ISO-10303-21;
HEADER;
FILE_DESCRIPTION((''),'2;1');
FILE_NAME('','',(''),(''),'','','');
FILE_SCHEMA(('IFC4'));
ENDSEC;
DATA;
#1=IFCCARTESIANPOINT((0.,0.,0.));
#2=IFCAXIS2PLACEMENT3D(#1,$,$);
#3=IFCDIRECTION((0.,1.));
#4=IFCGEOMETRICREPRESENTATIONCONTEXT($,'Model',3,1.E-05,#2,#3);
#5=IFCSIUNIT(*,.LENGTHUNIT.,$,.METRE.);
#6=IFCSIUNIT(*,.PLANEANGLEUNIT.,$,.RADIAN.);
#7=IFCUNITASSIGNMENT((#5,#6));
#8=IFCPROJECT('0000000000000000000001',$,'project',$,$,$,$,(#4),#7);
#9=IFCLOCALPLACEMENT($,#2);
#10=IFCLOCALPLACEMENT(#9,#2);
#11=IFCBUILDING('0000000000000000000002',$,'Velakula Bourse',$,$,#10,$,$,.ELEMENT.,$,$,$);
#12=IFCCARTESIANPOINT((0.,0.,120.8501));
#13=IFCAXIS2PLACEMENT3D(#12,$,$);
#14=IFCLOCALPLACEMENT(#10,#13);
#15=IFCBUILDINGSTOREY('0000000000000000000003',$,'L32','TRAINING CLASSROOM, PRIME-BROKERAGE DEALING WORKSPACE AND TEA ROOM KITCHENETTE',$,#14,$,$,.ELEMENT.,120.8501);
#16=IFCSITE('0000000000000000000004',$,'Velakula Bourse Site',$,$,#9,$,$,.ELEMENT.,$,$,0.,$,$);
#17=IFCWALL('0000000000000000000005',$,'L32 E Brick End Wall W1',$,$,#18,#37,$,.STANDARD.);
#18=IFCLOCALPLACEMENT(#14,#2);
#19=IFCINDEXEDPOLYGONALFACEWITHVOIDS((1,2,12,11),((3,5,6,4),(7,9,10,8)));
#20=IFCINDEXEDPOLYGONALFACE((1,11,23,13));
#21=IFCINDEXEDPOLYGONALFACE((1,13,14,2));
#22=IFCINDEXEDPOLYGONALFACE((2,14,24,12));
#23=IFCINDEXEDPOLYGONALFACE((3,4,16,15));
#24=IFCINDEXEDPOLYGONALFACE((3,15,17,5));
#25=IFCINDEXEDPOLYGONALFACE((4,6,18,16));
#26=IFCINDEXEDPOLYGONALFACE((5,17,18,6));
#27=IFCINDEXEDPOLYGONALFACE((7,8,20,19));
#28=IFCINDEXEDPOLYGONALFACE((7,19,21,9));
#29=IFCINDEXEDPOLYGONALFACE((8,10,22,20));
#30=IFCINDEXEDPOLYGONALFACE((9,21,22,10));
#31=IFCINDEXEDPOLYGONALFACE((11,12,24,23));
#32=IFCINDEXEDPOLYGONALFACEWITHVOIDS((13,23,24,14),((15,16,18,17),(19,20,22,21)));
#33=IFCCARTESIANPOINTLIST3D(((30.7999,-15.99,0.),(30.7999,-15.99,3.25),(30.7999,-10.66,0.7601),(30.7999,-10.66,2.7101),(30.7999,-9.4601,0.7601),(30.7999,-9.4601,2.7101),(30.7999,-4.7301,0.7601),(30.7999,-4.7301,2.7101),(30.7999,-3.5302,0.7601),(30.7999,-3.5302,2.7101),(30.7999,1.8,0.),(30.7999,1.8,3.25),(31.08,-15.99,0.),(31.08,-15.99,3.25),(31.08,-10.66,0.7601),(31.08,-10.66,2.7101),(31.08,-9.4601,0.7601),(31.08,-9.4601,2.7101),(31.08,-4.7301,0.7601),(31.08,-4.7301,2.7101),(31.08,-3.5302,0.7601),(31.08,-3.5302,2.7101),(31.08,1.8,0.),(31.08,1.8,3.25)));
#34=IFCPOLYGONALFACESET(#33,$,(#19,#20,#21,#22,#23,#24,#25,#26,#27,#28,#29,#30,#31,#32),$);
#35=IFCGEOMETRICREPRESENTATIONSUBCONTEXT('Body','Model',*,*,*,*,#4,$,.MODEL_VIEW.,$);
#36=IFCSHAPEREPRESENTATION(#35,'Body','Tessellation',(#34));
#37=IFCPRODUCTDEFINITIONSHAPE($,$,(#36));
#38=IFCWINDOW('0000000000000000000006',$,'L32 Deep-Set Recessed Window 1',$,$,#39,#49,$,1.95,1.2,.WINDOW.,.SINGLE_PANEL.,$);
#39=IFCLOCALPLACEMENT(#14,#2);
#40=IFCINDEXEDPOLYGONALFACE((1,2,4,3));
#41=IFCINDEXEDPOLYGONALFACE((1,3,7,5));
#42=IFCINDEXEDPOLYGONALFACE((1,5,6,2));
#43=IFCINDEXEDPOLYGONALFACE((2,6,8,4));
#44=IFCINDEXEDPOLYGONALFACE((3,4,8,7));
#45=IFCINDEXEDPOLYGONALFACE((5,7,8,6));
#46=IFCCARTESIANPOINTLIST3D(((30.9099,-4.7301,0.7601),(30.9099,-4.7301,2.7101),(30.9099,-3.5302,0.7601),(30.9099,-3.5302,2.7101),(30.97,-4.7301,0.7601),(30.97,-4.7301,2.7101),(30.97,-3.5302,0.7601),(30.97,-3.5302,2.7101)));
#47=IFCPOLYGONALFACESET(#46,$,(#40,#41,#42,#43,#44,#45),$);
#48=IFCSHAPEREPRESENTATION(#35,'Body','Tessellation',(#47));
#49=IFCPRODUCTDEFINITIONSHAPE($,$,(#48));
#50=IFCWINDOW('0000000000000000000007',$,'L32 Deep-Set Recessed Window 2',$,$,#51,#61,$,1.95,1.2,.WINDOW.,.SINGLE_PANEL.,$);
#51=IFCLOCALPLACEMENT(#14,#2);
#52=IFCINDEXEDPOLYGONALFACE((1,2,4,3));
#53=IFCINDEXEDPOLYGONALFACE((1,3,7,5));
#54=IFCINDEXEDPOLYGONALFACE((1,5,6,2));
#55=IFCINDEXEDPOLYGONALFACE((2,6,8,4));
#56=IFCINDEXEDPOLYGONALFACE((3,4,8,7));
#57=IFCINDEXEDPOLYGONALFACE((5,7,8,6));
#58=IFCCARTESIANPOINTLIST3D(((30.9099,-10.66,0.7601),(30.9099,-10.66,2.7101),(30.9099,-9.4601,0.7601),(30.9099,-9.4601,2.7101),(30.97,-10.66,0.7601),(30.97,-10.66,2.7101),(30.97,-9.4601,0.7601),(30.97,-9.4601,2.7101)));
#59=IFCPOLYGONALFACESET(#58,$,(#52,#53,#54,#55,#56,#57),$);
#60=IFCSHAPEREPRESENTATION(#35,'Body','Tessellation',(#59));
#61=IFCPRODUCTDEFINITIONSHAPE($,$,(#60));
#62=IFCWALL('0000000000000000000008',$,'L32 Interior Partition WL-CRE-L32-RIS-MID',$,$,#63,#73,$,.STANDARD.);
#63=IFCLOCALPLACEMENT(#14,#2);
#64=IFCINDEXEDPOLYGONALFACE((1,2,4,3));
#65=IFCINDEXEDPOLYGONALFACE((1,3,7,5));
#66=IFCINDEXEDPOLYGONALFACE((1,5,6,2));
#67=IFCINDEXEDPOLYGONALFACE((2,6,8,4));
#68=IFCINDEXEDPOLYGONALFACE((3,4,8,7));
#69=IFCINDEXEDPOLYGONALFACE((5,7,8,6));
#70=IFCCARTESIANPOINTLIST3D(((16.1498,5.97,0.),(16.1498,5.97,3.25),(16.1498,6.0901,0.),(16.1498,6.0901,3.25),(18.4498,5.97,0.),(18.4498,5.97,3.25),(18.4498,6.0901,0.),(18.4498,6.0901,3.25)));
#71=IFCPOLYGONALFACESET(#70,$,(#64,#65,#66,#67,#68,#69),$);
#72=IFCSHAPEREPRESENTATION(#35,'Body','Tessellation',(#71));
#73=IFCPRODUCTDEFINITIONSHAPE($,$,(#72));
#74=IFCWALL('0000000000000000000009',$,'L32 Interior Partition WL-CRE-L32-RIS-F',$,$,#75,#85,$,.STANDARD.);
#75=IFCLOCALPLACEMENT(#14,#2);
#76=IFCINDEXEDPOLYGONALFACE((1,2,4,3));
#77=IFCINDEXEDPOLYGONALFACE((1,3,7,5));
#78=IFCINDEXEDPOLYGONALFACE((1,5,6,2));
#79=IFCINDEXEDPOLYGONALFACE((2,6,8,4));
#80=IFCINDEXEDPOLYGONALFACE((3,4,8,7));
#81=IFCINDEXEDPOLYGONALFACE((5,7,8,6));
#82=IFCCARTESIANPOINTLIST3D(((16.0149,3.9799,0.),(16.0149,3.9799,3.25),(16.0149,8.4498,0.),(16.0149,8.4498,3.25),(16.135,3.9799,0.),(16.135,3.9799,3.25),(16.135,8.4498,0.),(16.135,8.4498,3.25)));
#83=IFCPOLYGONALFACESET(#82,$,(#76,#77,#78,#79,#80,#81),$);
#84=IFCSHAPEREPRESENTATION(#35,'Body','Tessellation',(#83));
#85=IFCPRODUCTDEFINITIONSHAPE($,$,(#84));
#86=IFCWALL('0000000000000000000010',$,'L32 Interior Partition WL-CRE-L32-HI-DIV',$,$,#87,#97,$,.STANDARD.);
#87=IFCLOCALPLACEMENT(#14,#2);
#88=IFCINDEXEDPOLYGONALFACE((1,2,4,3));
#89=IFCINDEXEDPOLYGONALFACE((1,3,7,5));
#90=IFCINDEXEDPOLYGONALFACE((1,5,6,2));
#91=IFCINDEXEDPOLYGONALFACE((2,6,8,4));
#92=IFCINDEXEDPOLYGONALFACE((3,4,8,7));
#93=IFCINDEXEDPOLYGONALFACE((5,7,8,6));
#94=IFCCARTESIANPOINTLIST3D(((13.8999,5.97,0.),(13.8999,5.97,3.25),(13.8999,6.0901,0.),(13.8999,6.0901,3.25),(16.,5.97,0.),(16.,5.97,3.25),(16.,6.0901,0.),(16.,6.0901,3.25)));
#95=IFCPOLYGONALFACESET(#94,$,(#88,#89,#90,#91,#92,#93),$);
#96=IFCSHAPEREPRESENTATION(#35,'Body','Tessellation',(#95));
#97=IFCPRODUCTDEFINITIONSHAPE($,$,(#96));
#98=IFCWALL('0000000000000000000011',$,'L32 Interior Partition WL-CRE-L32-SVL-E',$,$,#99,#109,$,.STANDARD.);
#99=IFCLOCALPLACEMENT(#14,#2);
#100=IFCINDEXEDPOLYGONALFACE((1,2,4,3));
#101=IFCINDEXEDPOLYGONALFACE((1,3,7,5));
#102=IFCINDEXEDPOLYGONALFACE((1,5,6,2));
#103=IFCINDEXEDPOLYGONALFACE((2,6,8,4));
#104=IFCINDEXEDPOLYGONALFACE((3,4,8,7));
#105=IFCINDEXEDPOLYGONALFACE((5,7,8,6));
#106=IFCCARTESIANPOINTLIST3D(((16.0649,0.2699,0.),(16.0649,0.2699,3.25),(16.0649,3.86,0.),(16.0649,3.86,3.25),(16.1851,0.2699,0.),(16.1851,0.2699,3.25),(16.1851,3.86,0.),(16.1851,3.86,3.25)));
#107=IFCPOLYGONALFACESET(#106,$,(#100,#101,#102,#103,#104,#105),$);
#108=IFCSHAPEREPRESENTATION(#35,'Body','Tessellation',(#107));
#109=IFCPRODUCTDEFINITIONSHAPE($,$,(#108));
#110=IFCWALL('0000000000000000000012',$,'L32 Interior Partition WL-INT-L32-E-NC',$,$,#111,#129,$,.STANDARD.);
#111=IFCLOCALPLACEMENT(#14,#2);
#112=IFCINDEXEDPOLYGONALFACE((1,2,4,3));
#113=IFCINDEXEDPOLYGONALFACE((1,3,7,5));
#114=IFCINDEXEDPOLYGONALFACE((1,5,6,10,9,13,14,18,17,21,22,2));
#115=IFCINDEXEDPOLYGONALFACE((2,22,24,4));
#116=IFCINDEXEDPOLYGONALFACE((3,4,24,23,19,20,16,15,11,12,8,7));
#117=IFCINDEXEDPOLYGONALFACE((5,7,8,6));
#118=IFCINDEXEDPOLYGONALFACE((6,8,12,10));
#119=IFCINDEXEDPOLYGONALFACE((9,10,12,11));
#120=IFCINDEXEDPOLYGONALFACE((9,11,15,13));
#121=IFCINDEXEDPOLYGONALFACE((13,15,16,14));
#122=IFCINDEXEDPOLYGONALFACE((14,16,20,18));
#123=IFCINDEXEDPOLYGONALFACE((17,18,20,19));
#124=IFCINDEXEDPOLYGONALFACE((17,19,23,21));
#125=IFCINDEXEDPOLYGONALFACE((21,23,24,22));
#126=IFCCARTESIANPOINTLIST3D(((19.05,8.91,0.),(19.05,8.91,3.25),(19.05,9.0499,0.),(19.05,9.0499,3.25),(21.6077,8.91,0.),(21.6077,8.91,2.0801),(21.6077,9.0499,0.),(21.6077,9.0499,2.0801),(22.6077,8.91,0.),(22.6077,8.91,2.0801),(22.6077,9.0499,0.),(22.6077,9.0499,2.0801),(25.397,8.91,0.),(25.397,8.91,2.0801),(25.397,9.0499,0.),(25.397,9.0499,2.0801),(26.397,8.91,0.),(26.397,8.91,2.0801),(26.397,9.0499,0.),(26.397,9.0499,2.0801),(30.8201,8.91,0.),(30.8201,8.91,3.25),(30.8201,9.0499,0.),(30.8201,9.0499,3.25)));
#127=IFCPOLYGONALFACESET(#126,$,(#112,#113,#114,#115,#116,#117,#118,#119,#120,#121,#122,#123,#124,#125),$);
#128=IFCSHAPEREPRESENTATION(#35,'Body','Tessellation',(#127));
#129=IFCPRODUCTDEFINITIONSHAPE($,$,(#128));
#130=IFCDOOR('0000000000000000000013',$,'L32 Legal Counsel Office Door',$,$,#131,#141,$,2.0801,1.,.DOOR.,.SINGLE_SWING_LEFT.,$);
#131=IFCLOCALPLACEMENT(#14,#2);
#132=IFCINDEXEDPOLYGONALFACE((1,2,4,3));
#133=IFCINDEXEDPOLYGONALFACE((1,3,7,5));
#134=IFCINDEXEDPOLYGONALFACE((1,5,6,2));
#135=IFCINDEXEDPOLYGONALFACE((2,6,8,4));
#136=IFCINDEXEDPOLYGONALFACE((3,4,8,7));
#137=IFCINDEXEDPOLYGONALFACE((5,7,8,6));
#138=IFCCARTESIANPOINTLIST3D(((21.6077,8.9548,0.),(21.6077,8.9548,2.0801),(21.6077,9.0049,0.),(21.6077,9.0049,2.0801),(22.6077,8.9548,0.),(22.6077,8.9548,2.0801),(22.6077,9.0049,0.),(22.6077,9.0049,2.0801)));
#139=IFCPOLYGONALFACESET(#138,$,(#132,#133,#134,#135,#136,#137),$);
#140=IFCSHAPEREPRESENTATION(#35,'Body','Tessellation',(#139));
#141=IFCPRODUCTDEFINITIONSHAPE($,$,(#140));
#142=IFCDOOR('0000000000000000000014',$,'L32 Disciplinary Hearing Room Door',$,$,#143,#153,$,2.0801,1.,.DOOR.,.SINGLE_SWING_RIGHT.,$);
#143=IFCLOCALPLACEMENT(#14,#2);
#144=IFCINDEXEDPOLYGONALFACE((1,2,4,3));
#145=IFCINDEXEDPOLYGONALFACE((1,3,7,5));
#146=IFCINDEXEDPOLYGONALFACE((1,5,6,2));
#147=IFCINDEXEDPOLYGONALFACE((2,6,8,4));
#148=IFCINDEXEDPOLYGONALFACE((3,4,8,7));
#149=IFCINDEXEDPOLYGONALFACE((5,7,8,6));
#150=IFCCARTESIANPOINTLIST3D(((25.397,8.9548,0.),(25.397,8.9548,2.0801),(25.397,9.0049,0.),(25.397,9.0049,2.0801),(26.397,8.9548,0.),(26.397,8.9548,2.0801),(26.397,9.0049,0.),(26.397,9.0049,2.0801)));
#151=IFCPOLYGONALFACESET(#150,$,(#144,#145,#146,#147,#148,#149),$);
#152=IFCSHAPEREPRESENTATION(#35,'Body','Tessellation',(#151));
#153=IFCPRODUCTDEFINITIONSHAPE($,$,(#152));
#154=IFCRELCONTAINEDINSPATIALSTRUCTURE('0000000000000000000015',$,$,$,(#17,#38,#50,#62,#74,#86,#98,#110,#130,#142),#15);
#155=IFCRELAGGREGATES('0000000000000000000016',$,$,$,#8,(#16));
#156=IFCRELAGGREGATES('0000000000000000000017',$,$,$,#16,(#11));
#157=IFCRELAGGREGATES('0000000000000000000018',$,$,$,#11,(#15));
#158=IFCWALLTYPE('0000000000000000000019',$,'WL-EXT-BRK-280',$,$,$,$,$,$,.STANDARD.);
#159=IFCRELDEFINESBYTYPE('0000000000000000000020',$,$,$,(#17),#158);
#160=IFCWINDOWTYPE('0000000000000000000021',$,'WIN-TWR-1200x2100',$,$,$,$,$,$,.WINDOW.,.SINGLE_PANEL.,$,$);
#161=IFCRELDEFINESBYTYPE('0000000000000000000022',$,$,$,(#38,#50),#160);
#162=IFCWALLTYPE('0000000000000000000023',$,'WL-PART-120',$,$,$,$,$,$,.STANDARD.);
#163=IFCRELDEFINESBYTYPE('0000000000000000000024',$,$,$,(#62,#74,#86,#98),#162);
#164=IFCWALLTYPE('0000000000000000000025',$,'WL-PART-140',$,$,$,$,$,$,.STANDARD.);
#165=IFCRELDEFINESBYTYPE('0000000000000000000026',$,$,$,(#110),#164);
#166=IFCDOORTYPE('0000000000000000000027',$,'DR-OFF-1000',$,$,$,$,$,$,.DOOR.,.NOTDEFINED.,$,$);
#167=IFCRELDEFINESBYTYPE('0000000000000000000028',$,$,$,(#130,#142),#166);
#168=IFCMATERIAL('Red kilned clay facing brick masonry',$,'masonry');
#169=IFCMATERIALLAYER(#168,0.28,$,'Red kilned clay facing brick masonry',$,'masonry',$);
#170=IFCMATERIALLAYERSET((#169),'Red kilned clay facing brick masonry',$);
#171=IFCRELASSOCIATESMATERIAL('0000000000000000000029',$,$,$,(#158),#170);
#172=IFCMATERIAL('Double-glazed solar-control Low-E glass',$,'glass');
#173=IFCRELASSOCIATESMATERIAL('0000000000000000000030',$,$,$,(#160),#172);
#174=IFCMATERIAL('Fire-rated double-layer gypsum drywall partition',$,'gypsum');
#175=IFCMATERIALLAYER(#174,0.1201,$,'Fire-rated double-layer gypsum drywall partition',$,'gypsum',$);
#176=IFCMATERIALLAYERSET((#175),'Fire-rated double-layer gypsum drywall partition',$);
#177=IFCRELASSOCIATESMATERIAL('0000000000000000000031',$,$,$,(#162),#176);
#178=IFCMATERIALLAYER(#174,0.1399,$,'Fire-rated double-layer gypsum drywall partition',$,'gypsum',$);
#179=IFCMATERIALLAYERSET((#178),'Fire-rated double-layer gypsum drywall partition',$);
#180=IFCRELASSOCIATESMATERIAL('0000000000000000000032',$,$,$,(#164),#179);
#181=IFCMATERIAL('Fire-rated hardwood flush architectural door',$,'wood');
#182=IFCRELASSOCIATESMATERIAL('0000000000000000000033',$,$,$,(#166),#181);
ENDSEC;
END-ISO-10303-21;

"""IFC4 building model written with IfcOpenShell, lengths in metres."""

from ifc_helpers import new_model, si_unit, direction, frame, frame_2d, origin, place, context, subcontext, project, spatial, rectangle, extrude, material, layer, layer_set, type_object, element, fill, save


model = new_model("IFC4")

# Units and contexts
model_context = context("Model", 3, precision=1e-05, world=origin(), true_north=direction((0.0, 1.0)))
body_context = subcontext(model_context, "Body", "Model", "MODEL_VIEW")
ifc_project = project(units=[si_unit("LENGTHUNIT", "METRE"), si_unit("PLANEANGLEUNIT", "RADIAN")], contexts=[model_context])

# Site, building, storey
site_placement = place(None, origin())
site = spatial("IfcSite", under=ifc_project, at=site_placement, Name="Velakula Bourse Site", CompositionType="ELEMENT", RefElevation=0.0)
building_placement = place(site_placement, origin())
building = spatial("IfcBuilding", under=site, at=building_placement, Name="Velakula Bourse", CompositionType="ELEMENT")
storey_placement = place(building_placement, frame((0.0, 0.0, 120.8501)))
storey = spatial("IfcBuildingStorey", under=building, at=storey_placement, Name="L32", Description="TRAINING CLASSROOM, PRIME-BROKERAGE DEALING WORKSPACE AND TEA ROOM KITCHENETTE", CompositionType="ELEMENT", Elevation=120.8501)

# Wall, openings, windows
ifc_material_1 = material(Name="Red kilned clay facing brick masonry", Category="masonry")
ifc_layer_1 = layer(ifc_material_1, 0.28, Name="Red kilned clay facing brick masonry", Category="masonry")
ifc_layer_set_1 = layer_set([ifc_layer_1], Name="Red kilned clay facing brick masonry")
wall_type_1 = type_object("IfcWallType", Name="WL-EXT-BRK-280", PredefinedType="STANDARD", material=ifc_layer_set_1)
wall_1_placement = place(storey_placement, frame((30.9399, 1.8, 0.0), z_axis=(0.0, 0.0, 1.0), x_axis=(0.0, -1.0, 0.0)))
wall_1 = element("IfcWall", 1, at=wall_1_placement, inside=storey, type_object=wall_type_1, Name="L32 E Brick End Wall W1", PredefinedType="STANDARD", context=body_context, shape_type="SweptSolid", body=[
    extrude(rectangle(XDim=17.79, YDim=0.28, at=frame_2d((8.895, 0.0))), origin(), (0.0, 0.0, 1.0), 3.25),
])
opening_1_placement = place(wall_1_placement, frame((5.3301, 0.0, 0.76)))
opening_1 = element("IfcOpeningElement", 2, at=opening_1_placement, cuts=wall_1, PredefinedType="OPENING", context=body_context, shape_type="SweptSolid", body=[
    extrude(rectangle(XDim=1.2, YDim=1.95, at=frame_2d((0.6001, 0.9751))), frame((0.0, 0.1499, 0.0), z_axis=(0.0, -1.0, 0.0), x_axis=(1.0, 0.0, 0.0)), (0.0, 0.0, 1.0), 0.3),
])
opening_2_placement = place(wall_1_placement, frame((11.26, 0.0, 0.76)))
opening_2 = element("IfcOpeningElement", 3, at=opening_2_placement, cuts=wall_1, PredefinedType="OPENING", context=body_context, shape_type="SweptSolid", body=[
    extrude(rectangle(XDim=1.2, YDim=1.95, at=frame_2d((0.6001, 0.9751))), frame((0.0, 0.1499, 0.0), z_axis=(0.0, -1.0, 0.0), x_axis=(1.0, 0.0, 0.0)), (0.0, 0.0, 1.0), 0.3),
])
ifc_material_2 = material(Name="Double-glazed solar-control Low-E glass", Category="glass")
window_type = type_object("IfcWindowType", Name="WIN-TWR-1200x2100", PartitioningType="SINGLE_PANEL", PredefinedType="WINDOW", material=ifc_material_2)
window_1_placement = place(opening_1_placement, origin())
window_1 = element("IfcWindow", 4, at=window_1_placement, inside=storey, type_object=window_type, Name="L32 Deep-Set Recessed Window 1", OverallHeight=1.95, OverallWidth=1.2, PartitioningType="SINGLE_PANEL", PredefinedType="WINDOW", context=body_context, shape_type="SweptSolid", body=[
    extrude(rectangle(XDim=1.2, YDim=1.95, at=frame_2d((0.6001, 0.9751))), frame((0.0, 0.03, 0.0), z_axis=(0.0, -1.0, 0.0), x_axis=(1.0, 0.0, 0.0)), (0.0, 0.0, 1.0), 0.0601),
])
fill(opening_1, window_1)
window_2_placement = place(opening_2_placement, origin())
window_2 = element("IfcWindow", 5, at=window_2_placement, inside=storey, type_object=window_type, Name="L32 Deep-Set Recessed Window 2", OverallHeight=1.95, OverallWidth=1.2, PartitioningType="SINGLE_PANEL", PredefinedType="WINDOW", context=body_context, shape_type="SweptSolid", body=[
    extrude(rectangle(XDim=1.2, YDim=1.95, at=frame_2d((0.6001, 0.9751))), frame((0.0, 0.03, 0.0), z_axis=(0.0, -1.0, 0.0), x_axis=(1.0, 0.0, 0.0)), (0.0, 0.0, 1.0), 0.0601),
])
fill(opening_2, window_2)

# Walls
ifc_material_3 = material(Name="Fire-rated double-layer gypsum drywall partition", Category="gypsum")
ifc_layer_2 = layer(ifc_material_3, 0.1201, Name="Fire-rated double-layer gypsum drywall partition", Category="gypsum")
ifc_layer_set_2 = layer_set([ifc_layer_2], Name="Fire-rated double-layer gypsum drywall partition")
wall_type_2 = type_object("IfcWallType", Name="WL-PART-120", PredefinedType="STANDARD", material=ifc_layer_set_2)
wall_2_placement = place(storey_placement, frame((16.1499, 6.03, 0.0), z_axis=(0.0, 0.0, 1.0), x_axis=(1.0, 0.0, 0.0)))
element("IfcWall", 6, at=wall_2_placement, inside=storey, type_object=wall_type_2, Name="L32 Interior Partition WL-CRE-L32-RIS-MID", PredefinedType="STANDARD", context=body_context, shape_type="SweptSolid", body=[
    extrude(rectangle(XDim=2.3, YDim=0.1201, at=frame_2d((1.1499, 0.0))), origin(), (0.0, 0.0, 1.0), 3.25),
])
wall_3_placement = place(storey_placement, frame((16.075, 3.98, 0.0), z_axis=(0.0, 0.0, 1.0), x_axis=(0.0, 1.0, 0.0)))
element("IfcWall", 7, at=wall_3_placement, inside=storey, type_object=wall_type_2, Name="L32 Interior Partition WL-CRE-L32-RIS-F", PredefinedType="STANDARD", context=body_context, shape_type="SweptSolid", body=[
    extrude(rectangle(XDim=4.47, YDim=0.1201, at=frame_2d((2.2349, 0.0))), origin(), (0.0, 0.0, 1.0), 3.25),
])
wall_4_placement = place(storey_placement, frame((13.8999, 6.03, 0.0), z_axis=(0.0, 0.0, 1.0), x_axis=(1.0, 0.0, 0.0)))
element("IfcWall", 8, at=wall_4_placement, inside=storey, type_object=wall_type_2, Name="L32 Interior Partition WL-CRE-L32-HI-DIV", PredefinedType="STANDARD", context=body_context, shape_type="SweptSolid", body=[
    extrude(rectangle(XDim=2.1001, YDim=0.1201, at=frame_2d((1.05, 0.0))), origin(), (0.0, 0.0, 1.0), 3.25),
])
wall_5_placement = place(storey_placement, frame((16.125, 0.27, 0.0), z_axis=(0.0, 0.0, 1.0), x_axis=(0.0, 1.0, 0.0)))
element("IfcWall", 9, at=wall_5_placement, inside=storey, type_object=wall_type_2, Name="L32 Interior Partition WL-CRE-L32-SVL-E", PredefinedType="STANDARD", context=body_context, shape_type="SweptSolid", body=[
    extrude(rectangle(XDim=3.5901, YDim=0.1201, at=frame_2d((1.7949, 0.0))), origin(), (0.0, 0.0, 1.0), 3.25),
])

# Wall, openings, doors
ifc_layer_3 = layer(ifc_material_3, 0.1399, Name="Fire-rated double-layer gypsum drywall partition", Category="gypsum")
ifc_layer_set_3 = layer_set([ifc_layer_3], Name="Fire-rated double-layer gypsum drywall partition")
wall_type_3 = type_object("IfcWallType", Name="WL-PART-140", PredefinedType="STANDARD", material=ifc_layer_set_3)
wall_6_placement = place(storey_placement, frame((19.05, 8.98, 0.0), z_axis=(0.0, 0.0, 1.0), x_axis=(1.0, 0.0, 0.0)))
wall_6 = element("IfcWall", 10, at=wall_6_placement, inside=storey, type_object=wall_type_3, Name="L32 Interior Partition WL-INT-L32-E-NC", PredefinedType="STANDARD", context=body_context, shape_type="SweptSolid", body=[
    extrude(rectangle(XDim=11.77, YDim=0.1399, at=frame_2d((5.885, 0.0))), origin(), (0.0, 0.0, 1.0), 3.25),
])
opening_3_placement = place(wall_6_placement, frame((2.5576, 0.0, 0.0)))
opening_3 = element("IfcOpeningElement", 11, at=opening_3_placement, cuts=wall_6, PredefinedType="OPENING", context=body_context, shape_type="SweptSolid", body=[
    extrude(rectangle(XDim=1.0, YDim=2.0801, at=frame_2d((0.5, 1.04))), frame((0.0, 0.0798, 0.0), z_axis=(0.0, -1.0, 0.0), x_axis=(1.0, 0.0, 0.0)), (0.0, 0.0, 1.0), 0.1599),
])
opening_4_placement = place(wall_6_placement, frame((6.3469, 0.0, 0.0)))
opening_4 = element("IfcOpeningElement", 12, at=opening_4_placement, cuts=wall_6, PredefinedType="OPENING", context=body_context, shape_type="SweptSolid", body=[
    extrude(rectangle(XDim=1.0, YDim=2.0801, at=frame_2d((0.5, 1.04))), frame((0.0, 0.0798, 0.0), z_axis=(0.0, -1.0, 0.0), x_axis=(1.0, 0.0, 0.0)), (0.0, 0.0, 1.0), 0.1599),
])
ifc_material_4 = material(Name="Fire-rated hardwood flush architectural door", Category="wood")
door_type = type_object("IfcDoorType", Name="DR-OFF-1000", OperationType="NOTDEFINED", PredefinedType="DOOR", material=ifc_material_4)
door_1_placement = place(opening_3_placement, origin())
door_1 = element("IfcDoor", 13, at=door_1_placement, inside=storey, type_object=door_type, Name="L32 Legal Counsel Office Door", OperationType="SINGLE_SWING_LEFT", OverallHeight=2.0801, OverallWidth=1.0, PredefinedType="DOOR", context=body_context, shape_type="SweptSolid", body=[
    extrude(rectangle(XDim=1.0, YDim=2.0801, at=frame_2d((0.5, 1.04))), frame((0.0, 0.0249, 0.0), z_axis=(0.0, -1.0, 0.0), x_axis=(1.0, 0.0, 0.0)), (0.0, 0.0, 1.0), 0.05),
])
fill(opening_3, door_1)
door_2_placement = place(opening_4_placement, origin())
door_2 = element("IfcDoor", 14, at=door_2_placement, inside=storey, type_object=door_type, Name="L32 Disciplinary Hearing Room Door", OperationType="SINGLE_SWING_RIGHT", OverallHeight=2.0801, OverallWidth=1.0, PredefinedType="DOOR", context=body_context, shape_type="SweptSolid", body=[
    extrude(rectangle(XDim=1.0, YDim=2.0801, at=frame_2d((0.5, 1.04))), frame((0.0, 0.0249, 0.0), z_axis=(0.0, -1.0, 0.0), x_axis=(1.0, 0.0, 0.0)), (0.0, 0.0, 1.0), 0.05),
])
fill(opening_4, door_2)

save(model, "model.ifc")
